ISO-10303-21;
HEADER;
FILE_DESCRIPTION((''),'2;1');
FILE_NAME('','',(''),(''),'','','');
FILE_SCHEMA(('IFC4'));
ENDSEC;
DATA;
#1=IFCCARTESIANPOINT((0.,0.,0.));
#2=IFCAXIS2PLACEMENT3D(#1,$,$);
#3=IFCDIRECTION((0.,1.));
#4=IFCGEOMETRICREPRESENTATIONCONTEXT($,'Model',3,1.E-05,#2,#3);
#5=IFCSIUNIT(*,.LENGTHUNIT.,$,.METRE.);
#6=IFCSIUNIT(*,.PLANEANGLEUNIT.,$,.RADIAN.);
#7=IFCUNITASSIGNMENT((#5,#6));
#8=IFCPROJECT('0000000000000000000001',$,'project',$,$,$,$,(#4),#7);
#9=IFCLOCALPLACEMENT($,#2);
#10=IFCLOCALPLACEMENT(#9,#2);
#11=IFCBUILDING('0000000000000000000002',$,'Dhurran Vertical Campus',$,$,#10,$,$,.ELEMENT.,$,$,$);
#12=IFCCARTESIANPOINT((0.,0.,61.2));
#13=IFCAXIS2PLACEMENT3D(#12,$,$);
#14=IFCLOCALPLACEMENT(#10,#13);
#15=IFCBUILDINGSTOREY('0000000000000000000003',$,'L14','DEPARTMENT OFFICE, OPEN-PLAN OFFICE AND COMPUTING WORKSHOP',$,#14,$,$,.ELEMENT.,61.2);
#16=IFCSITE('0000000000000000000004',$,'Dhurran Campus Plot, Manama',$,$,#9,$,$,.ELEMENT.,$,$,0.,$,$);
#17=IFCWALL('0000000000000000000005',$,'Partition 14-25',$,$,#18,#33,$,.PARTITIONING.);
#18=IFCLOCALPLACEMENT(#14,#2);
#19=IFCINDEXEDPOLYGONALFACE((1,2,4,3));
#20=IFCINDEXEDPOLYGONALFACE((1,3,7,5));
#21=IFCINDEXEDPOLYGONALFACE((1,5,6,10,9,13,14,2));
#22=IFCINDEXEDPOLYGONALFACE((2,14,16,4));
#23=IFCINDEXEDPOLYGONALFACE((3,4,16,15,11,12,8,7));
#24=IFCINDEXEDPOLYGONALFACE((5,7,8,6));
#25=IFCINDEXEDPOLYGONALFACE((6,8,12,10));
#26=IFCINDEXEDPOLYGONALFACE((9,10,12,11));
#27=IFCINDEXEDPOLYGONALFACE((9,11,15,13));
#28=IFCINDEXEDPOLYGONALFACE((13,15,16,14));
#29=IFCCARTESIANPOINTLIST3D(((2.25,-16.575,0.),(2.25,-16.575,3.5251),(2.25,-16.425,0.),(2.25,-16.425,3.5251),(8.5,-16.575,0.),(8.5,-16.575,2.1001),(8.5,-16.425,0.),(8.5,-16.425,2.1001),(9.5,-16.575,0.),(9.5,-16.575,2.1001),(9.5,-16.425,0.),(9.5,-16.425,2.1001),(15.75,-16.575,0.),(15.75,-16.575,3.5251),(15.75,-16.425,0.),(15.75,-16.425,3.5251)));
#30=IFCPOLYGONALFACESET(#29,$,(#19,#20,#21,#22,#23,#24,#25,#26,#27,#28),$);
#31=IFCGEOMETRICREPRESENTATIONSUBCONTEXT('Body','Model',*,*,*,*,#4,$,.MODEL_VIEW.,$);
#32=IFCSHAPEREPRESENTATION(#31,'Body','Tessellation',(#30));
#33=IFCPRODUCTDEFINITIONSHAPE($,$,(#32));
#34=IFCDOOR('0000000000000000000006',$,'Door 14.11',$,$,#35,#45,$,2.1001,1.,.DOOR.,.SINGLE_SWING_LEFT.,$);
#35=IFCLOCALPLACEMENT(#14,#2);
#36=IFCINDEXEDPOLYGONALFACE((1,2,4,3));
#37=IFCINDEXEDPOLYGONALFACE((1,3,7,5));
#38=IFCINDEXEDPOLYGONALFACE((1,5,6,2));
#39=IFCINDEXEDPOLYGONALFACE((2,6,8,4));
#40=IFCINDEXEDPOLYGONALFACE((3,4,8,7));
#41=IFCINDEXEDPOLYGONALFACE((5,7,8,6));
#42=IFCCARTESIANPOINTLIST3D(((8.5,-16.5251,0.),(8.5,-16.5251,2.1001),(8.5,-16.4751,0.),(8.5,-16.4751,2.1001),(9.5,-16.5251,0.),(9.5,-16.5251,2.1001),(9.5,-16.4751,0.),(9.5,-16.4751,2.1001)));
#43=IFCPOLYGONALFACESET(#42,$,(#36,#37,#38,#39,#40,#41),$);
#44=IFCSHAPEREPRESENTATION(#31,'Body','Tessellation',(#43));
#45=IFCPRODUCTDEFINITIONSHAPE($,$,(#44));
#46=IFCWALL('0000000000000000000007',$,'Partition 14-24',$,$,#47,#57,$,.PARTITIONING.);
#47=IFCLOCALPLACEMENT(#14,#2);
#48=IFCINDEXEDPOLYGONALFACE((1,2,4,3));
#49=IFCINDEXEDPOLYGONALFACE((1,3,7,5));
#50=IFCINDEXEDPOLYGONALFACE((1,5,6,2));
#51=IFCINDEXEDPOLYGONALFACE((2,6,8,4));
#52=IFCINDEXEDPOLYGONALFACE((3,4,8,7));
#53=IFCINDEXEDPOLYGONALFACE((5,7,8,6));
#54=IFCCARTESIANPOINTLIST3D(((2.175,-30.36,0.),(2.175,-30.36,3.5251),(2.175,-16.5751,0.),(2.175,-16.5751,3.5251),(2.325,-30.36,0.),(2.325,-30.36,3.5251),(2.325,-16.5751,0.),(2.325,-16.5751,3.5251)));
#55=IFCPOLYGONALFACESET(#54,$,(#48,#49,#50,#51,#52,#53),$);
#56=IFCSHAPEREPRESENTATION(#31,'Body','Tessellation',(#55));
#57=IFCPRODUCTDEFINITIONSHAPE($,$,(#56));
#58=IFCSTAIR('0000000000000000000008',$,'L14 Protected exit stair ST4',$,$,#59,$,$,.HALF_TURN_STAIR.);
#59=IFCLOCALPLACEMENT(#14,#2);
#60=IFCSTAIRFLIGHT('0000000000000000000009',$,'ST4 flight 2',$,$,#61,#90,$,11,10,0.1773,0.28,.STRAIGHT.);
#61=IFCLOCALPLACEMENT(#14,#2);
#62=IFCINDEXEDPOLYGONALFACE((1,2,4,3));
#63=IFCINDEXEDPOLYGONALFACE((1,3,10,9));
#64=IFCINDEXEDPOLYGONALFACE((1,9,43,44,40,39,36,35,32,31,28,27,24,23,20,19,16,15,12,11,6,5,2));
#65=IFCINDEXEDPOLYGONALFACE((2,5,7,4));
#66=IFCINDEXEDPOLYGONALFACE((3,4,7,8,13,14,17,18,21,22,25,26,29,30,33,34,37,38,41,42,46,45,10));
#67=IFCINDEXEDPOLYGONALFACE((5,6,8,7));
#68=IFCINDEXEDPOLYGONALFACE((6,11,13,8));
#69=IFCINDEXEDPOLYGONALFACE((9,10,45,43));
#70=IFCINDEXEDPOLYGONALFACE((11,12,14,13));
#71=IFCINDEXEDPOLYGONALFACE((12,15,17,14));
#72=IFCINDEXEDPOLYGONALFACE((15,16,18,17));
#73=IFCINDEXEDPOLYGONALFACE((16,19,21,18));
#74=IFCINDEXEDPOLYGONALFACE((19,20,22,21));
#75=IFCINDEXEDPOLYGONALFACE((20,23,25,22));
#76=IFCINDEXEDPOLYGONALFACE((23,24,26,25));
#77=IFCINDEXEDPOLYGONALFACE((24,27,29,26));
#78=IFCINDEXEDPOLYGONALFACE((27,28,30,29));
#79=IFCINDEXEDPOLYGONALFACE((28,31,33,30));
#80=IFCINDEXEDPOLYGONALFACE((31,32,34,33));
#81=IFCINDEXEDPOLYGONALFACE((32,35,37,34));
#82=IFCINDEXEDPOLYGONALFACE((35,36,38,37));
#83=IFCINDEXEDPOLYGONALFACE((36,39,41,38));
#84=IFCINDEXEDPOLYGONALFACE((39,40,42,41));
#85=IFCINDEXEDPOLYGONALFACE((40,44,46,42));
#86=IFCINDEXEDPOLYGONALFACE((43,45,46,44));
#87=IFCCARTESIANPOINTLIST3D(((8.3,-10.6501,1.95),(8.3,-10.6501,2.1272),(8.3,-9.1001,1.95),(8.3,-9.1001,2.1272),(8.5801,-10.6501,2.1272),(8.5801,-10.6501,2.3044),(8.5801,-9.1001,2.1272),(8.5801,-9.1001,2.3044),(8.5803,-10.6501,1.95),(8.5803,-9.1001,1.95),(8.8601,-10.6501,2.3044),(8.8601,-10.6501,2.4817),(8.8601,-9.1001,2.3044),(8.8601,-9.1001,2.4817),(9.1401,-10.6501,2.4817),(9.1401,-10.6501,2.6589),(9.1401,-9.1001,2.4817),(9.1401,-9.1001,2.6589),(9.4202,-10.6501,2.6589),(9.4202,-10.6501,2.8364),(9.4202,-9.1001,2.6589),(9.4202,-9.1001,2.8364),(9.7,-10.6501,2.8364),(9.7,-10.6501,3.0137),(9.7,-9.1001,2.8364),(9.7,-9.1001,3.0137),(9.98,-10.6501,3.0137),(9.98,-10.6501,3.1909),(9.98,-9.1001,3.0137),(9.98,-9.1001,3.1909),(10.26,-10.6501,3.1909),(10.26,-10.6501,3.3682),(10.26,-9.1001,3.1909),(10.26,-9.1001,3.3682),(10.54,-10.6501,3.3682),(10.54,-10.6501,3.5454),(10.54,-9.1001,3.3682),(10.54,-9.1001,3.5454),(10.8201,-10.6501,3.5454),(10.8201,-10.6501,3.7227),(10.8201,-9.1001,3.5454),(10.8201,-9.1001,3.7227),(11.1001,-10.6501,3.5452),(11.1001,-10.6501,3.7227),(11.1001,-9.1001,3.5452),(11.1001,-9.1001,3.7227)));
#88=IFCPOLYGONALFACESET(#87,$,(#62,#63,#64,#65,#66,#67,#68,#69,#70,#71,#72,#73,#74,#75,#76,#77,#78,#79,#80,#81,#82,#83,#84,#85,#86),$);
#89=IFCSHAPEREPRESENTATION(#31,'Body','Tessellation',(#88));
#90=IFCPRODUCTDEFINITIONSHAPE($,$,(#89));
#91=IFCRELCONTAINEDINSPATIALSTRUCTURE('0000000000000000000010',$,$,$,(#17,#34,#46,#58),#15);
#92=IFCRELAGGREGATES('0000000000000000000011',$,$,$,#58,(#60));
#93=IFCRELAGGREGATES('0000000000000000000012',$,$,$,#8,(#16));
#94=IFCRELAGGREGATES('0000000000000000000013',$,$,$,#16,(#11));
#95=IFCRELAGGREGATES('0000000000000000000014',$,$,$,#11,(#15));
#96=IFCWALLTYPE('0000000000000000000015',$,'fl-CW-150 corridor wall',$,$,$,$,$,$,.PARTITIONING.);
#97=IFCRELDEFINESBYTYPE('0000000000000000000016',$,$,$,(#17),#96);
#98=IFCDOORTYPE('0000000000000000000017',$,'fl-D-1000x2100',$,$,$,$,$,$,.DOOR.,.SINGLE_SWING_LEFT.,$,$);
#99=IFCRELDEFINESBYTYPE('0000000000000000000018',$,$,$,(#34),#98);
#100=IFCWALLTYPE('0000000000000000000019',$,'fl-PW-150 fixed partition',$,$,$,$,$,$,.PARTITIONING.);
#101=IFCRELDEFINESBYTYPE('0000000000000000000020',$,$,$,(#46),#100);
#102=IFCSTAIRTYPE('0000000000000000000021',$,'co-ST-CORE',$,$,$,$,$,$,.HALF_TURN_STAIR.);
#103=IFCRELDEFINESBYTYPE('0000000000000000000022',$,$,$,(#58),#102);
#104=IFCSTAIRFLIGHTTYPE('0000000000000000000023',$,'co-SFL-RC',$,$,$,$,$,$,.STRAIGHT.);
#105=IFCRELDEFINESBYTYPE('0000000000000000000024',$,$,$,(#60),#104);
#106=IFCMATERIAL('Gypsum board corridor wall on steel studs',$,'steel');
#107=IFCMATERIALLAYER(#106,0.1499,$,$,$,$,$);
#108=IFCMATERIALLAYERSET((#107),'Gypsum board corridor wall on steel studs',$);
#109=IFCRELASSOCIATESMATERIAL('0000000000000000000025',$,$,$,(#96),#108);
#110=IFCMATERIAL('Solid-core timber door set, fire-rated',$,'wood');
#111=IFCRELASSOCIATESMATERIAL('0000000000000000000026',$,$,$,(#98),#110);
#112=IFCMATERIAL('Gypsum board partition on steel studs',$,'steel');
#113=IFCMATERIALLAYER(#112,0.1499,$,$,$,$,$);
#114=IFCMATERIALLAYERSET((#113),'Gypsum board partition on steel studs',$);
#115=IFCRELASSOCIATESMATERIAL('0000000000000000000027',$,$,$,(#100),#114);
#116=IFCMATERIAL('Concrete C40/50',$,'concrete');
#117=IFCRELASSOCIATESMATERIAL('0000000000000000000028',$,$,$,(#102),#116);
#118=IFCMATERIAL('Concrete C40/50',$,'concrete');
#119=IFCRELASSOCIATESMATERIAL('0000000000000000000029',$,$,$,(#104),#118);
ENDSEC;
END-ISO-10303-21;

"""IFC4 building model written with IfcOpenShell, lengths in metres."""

from ifc_helpers import new_model, si_unit, direction, frame, frame_2d, origin, place, context, subcontext, project, spatial, polyline, rectangle, outline, extrude, material, layer, layer_set, type_object, element, fill, aggregate, save


model = new_model("IFC4")

# Units and contexts
model_context = context("Model", 3, precision=1e-05, world=origin(), true_north=direction((0.0, 1.0)))
body_context = subcontext(model_context, "Body", "Model", "MODEL_VIEW")
ifc_project = project(units=[si_unit("LENGTHUNIT", "METRE"), si_unit("PLANEANGLEUNIT", "RADIAN")], contexts=[model_context])

# Site, building, storey
site_placement = place(None, origin())
site = spatial("IfcSite", under=ifc_project, at=site_placement, Name="Dhurran Campus Plot, Manama", CompositionType="ELEMENT", RefElevation=0.0)
building_placement = place(site_placement, origin())
building = spatial("IfcBuilding", under=site, at=building_placement, Name="Dhurran Vertical Campus", CompositionType="ELEMENT")
storey_placement = place(building_placement, frame((0.0, 0.0, 61.2)))
storey = spatial("IfcBuildingStorey", under=building, at=storey_placement, Name="L14", Description="DEPARTMENT OFFICE, OPEN-PLAN OFFICE AND COMPUTING WORKSHOP", CompositionType="ELEMENT", Elevation=61.2)

# Wall, opening, door
ifc_material_1 = material(Name="Gypsum board corridor wall on steel studs", Category="steel")
ifc_layer_1 = layer(ifc_material_1, 0.1499)
ifc_layer_set_1 = layer_set([ifc_layer_1], Name="Gypsum board corridor wall on steel studs")
wall_type_1 = type_object("IfcWallType", Name="fl-CW-150 corridor wall", PredefinedType="PARTITIONING", material=ifc_layer_set_1)
wall_1_placement = place(storey_placement, frame((2.25, -16.5, 0.0), z_axis=(0.0, 0.0, 1.0), x_axis=(1.0, 0.0, 0.0)))
wall_1 = element("IfcWall", 1, at=wall_1_placement, inside=storey, type_object=wall_type_1, Name="Partition 14-25", PredefinedType="PARTITIONING", context=body_context, shape_type="SweptSolid", body=[
    extrude(rectangle(XDim=13.5, YDim=0.1499, at=frame_2d((6.75, 0.0))), origin(), (0.0, 0.0, 1.0), 3.5251),
])
opening_1_placement = place(wall_1_placement, frame((6.25, 0.0, 0.0)))
opening_1 = element("IfcOpeningElement", 2, at=opening_1_placement, cuts=wall_1, PredefinedType="OPENING", context=body_context, shape_type="SweptSolid", body=[
    extrude(rectangle(XDim=1.0, YDim=2.1001, at=frame_2d((0.5, 1.05))), frame((0.0, 0.085, 0.0), z_axis=(0.0, -1.0, 0.0), x_axis=(1.0, 0.0, 0.0)), (0.0, 0.0, 1.0), 0.1699),
])
ifc_material_2 = material(Name="Solid-core timber door set, fire-rated", Category="wood")
door_type_1 = type_object("IfcDoorType", Name="fl-D-1000x2100", OperationType="SINGLE_SWING_LEFT", PredefinedType="DOOR", material=ifc_material_2)
door_1_placement = place(opening_1_placement, origin())
door_1 = element("IfcDoor", 3, at=door_1_placement, inside=storey, type_object=door_type_1, Name="Door 14.11", OperationType="SINGLE_SWING_LEFT", OverallHeight=2.1001, OverallWidth=1.0, PredefinedType="DOOR", context=body_context, shape_type="SweptSolid", body=[
    extrude(rectangle(XDim=1.0, YDim=2.1001, at=frame_2d((0.5, 1.05))), frame((0.0, 0.0249, 0.0), z_axis=(0.0, -1.0, 0.0), x_axis=(1.0, 0.0, 0.0)), (0.0, 0.0, 1.0), 0.05),
])
fill(opening_1, door_1)

# Wall
ifc_material_3 = material(Name="Gypsum board partition on steel studs", Category="steel")
ifc_layer_2 = layer(ifc_material_3, 0.1499)
ifc_layer_set_2 = layer_set([ifc_layer_2], Name="Gypsum board partition on steel studs")
wall_type_2 = type_object("IfcWallType", Name="fl-PW-150 fixed partition", PredefinedType="PARTITIONING", material=ifc_layer_set_2)
wall_2_placement = place(storey_placement, frame((2.25, -16.575, 0.0), z_axis=(0.0, 0.0, 1.0), x_axis=(0.0, -1.0, 0.0)))
element("IfcWall", 4, at=wall_2_placement, inside=storey, type_object=wall_type_2, Name="Partition 14-24", PredefinedType="PARTITIONING", context=body_context, shape_type="SweptSolid", body=[
    extrude(rectangle(XDim=13.7849, YDim=0.1499, at=frame_2d((6.8926, 0.0))), origin(), (0.0, 0.0, 1.0), 3.5251),
])

# Stair, stair flight
ifc_material_4 = material(Name="Concrete C40/50", Category="concrete")
stair_type = type_object("IfcStairType", Name="co-ST-CORE", PredefinedType="HALF_TURN_STAIR", material=ifc_material_4)
stair_placement = place(storey_placement, origin())
stair = element("IfcStair", 5, at=stair_placement, inside=storey, type_object=stair_type, Name="L14 Protected exit stair ST4", PredefinedType="HALF_TURN_STAIR")
ifc_material_5 = material(Name="Concrete C40/50", Category="concrete")
stair_flight_type = type_object("IfcStairFlightType", Name="co-SFL-RC", PredefinedType="STRAIGHT", material=ifc_material_5)
stair_flight_placement = place(storey_placement, frame((8.3, -9.875, 1.95), z_axis=(0.0, 0.0, 1.0), x_axis=(1.0, 0.0, 0.0)))
stair_flight = element("IfcStairFlight", 6, at=stair_flight_placement, type_object=stair_flight_type, Name="ST4 flight 2", NumberOfRisers=11, NumberOfTreads=10, PredefinedType="STRAIGHT", RiserHeight=0.1773, TreadLength=0.28, context=body_context, shape_type="SweptSolid", body=[
    extrude(outline(polyline([(0.0, 0.0), (0.0, 0.1772), (0.28, 0.1772), (0.28, 0.3545), (0.5601, 0.3545), (0.5601, 0.5317), (0.8401, 0.5317), (0.8401, 0.709), (1.1201, 0.709), (1.1201, 0.8865), (1.3999, 0.8865), (1.3999, 1.0637), (1.6799, 1.0637), (1.6799, 1.241), (1.96, 1.241), (1.96, 1.4182), (2.24, 1.4182), (2.24, 1.5955), (2.52, 1.5955), (2.52, 1.7727), (2.8, 1.7727), (2.8, 1.95), (2.8, 1.5952), (0.2803, 0.0), (0.0, 0.0)])), frame((0.0, 0.7749, 0.0), z_axis=(0.0, -1.0, 0.0), x_axis=(1.0, 0.0, 0.0)), (0.0, 0.0, 1.0), 1.55),
])
aggregate(stair, [stair_flight])

save(model, "model.ifc")
